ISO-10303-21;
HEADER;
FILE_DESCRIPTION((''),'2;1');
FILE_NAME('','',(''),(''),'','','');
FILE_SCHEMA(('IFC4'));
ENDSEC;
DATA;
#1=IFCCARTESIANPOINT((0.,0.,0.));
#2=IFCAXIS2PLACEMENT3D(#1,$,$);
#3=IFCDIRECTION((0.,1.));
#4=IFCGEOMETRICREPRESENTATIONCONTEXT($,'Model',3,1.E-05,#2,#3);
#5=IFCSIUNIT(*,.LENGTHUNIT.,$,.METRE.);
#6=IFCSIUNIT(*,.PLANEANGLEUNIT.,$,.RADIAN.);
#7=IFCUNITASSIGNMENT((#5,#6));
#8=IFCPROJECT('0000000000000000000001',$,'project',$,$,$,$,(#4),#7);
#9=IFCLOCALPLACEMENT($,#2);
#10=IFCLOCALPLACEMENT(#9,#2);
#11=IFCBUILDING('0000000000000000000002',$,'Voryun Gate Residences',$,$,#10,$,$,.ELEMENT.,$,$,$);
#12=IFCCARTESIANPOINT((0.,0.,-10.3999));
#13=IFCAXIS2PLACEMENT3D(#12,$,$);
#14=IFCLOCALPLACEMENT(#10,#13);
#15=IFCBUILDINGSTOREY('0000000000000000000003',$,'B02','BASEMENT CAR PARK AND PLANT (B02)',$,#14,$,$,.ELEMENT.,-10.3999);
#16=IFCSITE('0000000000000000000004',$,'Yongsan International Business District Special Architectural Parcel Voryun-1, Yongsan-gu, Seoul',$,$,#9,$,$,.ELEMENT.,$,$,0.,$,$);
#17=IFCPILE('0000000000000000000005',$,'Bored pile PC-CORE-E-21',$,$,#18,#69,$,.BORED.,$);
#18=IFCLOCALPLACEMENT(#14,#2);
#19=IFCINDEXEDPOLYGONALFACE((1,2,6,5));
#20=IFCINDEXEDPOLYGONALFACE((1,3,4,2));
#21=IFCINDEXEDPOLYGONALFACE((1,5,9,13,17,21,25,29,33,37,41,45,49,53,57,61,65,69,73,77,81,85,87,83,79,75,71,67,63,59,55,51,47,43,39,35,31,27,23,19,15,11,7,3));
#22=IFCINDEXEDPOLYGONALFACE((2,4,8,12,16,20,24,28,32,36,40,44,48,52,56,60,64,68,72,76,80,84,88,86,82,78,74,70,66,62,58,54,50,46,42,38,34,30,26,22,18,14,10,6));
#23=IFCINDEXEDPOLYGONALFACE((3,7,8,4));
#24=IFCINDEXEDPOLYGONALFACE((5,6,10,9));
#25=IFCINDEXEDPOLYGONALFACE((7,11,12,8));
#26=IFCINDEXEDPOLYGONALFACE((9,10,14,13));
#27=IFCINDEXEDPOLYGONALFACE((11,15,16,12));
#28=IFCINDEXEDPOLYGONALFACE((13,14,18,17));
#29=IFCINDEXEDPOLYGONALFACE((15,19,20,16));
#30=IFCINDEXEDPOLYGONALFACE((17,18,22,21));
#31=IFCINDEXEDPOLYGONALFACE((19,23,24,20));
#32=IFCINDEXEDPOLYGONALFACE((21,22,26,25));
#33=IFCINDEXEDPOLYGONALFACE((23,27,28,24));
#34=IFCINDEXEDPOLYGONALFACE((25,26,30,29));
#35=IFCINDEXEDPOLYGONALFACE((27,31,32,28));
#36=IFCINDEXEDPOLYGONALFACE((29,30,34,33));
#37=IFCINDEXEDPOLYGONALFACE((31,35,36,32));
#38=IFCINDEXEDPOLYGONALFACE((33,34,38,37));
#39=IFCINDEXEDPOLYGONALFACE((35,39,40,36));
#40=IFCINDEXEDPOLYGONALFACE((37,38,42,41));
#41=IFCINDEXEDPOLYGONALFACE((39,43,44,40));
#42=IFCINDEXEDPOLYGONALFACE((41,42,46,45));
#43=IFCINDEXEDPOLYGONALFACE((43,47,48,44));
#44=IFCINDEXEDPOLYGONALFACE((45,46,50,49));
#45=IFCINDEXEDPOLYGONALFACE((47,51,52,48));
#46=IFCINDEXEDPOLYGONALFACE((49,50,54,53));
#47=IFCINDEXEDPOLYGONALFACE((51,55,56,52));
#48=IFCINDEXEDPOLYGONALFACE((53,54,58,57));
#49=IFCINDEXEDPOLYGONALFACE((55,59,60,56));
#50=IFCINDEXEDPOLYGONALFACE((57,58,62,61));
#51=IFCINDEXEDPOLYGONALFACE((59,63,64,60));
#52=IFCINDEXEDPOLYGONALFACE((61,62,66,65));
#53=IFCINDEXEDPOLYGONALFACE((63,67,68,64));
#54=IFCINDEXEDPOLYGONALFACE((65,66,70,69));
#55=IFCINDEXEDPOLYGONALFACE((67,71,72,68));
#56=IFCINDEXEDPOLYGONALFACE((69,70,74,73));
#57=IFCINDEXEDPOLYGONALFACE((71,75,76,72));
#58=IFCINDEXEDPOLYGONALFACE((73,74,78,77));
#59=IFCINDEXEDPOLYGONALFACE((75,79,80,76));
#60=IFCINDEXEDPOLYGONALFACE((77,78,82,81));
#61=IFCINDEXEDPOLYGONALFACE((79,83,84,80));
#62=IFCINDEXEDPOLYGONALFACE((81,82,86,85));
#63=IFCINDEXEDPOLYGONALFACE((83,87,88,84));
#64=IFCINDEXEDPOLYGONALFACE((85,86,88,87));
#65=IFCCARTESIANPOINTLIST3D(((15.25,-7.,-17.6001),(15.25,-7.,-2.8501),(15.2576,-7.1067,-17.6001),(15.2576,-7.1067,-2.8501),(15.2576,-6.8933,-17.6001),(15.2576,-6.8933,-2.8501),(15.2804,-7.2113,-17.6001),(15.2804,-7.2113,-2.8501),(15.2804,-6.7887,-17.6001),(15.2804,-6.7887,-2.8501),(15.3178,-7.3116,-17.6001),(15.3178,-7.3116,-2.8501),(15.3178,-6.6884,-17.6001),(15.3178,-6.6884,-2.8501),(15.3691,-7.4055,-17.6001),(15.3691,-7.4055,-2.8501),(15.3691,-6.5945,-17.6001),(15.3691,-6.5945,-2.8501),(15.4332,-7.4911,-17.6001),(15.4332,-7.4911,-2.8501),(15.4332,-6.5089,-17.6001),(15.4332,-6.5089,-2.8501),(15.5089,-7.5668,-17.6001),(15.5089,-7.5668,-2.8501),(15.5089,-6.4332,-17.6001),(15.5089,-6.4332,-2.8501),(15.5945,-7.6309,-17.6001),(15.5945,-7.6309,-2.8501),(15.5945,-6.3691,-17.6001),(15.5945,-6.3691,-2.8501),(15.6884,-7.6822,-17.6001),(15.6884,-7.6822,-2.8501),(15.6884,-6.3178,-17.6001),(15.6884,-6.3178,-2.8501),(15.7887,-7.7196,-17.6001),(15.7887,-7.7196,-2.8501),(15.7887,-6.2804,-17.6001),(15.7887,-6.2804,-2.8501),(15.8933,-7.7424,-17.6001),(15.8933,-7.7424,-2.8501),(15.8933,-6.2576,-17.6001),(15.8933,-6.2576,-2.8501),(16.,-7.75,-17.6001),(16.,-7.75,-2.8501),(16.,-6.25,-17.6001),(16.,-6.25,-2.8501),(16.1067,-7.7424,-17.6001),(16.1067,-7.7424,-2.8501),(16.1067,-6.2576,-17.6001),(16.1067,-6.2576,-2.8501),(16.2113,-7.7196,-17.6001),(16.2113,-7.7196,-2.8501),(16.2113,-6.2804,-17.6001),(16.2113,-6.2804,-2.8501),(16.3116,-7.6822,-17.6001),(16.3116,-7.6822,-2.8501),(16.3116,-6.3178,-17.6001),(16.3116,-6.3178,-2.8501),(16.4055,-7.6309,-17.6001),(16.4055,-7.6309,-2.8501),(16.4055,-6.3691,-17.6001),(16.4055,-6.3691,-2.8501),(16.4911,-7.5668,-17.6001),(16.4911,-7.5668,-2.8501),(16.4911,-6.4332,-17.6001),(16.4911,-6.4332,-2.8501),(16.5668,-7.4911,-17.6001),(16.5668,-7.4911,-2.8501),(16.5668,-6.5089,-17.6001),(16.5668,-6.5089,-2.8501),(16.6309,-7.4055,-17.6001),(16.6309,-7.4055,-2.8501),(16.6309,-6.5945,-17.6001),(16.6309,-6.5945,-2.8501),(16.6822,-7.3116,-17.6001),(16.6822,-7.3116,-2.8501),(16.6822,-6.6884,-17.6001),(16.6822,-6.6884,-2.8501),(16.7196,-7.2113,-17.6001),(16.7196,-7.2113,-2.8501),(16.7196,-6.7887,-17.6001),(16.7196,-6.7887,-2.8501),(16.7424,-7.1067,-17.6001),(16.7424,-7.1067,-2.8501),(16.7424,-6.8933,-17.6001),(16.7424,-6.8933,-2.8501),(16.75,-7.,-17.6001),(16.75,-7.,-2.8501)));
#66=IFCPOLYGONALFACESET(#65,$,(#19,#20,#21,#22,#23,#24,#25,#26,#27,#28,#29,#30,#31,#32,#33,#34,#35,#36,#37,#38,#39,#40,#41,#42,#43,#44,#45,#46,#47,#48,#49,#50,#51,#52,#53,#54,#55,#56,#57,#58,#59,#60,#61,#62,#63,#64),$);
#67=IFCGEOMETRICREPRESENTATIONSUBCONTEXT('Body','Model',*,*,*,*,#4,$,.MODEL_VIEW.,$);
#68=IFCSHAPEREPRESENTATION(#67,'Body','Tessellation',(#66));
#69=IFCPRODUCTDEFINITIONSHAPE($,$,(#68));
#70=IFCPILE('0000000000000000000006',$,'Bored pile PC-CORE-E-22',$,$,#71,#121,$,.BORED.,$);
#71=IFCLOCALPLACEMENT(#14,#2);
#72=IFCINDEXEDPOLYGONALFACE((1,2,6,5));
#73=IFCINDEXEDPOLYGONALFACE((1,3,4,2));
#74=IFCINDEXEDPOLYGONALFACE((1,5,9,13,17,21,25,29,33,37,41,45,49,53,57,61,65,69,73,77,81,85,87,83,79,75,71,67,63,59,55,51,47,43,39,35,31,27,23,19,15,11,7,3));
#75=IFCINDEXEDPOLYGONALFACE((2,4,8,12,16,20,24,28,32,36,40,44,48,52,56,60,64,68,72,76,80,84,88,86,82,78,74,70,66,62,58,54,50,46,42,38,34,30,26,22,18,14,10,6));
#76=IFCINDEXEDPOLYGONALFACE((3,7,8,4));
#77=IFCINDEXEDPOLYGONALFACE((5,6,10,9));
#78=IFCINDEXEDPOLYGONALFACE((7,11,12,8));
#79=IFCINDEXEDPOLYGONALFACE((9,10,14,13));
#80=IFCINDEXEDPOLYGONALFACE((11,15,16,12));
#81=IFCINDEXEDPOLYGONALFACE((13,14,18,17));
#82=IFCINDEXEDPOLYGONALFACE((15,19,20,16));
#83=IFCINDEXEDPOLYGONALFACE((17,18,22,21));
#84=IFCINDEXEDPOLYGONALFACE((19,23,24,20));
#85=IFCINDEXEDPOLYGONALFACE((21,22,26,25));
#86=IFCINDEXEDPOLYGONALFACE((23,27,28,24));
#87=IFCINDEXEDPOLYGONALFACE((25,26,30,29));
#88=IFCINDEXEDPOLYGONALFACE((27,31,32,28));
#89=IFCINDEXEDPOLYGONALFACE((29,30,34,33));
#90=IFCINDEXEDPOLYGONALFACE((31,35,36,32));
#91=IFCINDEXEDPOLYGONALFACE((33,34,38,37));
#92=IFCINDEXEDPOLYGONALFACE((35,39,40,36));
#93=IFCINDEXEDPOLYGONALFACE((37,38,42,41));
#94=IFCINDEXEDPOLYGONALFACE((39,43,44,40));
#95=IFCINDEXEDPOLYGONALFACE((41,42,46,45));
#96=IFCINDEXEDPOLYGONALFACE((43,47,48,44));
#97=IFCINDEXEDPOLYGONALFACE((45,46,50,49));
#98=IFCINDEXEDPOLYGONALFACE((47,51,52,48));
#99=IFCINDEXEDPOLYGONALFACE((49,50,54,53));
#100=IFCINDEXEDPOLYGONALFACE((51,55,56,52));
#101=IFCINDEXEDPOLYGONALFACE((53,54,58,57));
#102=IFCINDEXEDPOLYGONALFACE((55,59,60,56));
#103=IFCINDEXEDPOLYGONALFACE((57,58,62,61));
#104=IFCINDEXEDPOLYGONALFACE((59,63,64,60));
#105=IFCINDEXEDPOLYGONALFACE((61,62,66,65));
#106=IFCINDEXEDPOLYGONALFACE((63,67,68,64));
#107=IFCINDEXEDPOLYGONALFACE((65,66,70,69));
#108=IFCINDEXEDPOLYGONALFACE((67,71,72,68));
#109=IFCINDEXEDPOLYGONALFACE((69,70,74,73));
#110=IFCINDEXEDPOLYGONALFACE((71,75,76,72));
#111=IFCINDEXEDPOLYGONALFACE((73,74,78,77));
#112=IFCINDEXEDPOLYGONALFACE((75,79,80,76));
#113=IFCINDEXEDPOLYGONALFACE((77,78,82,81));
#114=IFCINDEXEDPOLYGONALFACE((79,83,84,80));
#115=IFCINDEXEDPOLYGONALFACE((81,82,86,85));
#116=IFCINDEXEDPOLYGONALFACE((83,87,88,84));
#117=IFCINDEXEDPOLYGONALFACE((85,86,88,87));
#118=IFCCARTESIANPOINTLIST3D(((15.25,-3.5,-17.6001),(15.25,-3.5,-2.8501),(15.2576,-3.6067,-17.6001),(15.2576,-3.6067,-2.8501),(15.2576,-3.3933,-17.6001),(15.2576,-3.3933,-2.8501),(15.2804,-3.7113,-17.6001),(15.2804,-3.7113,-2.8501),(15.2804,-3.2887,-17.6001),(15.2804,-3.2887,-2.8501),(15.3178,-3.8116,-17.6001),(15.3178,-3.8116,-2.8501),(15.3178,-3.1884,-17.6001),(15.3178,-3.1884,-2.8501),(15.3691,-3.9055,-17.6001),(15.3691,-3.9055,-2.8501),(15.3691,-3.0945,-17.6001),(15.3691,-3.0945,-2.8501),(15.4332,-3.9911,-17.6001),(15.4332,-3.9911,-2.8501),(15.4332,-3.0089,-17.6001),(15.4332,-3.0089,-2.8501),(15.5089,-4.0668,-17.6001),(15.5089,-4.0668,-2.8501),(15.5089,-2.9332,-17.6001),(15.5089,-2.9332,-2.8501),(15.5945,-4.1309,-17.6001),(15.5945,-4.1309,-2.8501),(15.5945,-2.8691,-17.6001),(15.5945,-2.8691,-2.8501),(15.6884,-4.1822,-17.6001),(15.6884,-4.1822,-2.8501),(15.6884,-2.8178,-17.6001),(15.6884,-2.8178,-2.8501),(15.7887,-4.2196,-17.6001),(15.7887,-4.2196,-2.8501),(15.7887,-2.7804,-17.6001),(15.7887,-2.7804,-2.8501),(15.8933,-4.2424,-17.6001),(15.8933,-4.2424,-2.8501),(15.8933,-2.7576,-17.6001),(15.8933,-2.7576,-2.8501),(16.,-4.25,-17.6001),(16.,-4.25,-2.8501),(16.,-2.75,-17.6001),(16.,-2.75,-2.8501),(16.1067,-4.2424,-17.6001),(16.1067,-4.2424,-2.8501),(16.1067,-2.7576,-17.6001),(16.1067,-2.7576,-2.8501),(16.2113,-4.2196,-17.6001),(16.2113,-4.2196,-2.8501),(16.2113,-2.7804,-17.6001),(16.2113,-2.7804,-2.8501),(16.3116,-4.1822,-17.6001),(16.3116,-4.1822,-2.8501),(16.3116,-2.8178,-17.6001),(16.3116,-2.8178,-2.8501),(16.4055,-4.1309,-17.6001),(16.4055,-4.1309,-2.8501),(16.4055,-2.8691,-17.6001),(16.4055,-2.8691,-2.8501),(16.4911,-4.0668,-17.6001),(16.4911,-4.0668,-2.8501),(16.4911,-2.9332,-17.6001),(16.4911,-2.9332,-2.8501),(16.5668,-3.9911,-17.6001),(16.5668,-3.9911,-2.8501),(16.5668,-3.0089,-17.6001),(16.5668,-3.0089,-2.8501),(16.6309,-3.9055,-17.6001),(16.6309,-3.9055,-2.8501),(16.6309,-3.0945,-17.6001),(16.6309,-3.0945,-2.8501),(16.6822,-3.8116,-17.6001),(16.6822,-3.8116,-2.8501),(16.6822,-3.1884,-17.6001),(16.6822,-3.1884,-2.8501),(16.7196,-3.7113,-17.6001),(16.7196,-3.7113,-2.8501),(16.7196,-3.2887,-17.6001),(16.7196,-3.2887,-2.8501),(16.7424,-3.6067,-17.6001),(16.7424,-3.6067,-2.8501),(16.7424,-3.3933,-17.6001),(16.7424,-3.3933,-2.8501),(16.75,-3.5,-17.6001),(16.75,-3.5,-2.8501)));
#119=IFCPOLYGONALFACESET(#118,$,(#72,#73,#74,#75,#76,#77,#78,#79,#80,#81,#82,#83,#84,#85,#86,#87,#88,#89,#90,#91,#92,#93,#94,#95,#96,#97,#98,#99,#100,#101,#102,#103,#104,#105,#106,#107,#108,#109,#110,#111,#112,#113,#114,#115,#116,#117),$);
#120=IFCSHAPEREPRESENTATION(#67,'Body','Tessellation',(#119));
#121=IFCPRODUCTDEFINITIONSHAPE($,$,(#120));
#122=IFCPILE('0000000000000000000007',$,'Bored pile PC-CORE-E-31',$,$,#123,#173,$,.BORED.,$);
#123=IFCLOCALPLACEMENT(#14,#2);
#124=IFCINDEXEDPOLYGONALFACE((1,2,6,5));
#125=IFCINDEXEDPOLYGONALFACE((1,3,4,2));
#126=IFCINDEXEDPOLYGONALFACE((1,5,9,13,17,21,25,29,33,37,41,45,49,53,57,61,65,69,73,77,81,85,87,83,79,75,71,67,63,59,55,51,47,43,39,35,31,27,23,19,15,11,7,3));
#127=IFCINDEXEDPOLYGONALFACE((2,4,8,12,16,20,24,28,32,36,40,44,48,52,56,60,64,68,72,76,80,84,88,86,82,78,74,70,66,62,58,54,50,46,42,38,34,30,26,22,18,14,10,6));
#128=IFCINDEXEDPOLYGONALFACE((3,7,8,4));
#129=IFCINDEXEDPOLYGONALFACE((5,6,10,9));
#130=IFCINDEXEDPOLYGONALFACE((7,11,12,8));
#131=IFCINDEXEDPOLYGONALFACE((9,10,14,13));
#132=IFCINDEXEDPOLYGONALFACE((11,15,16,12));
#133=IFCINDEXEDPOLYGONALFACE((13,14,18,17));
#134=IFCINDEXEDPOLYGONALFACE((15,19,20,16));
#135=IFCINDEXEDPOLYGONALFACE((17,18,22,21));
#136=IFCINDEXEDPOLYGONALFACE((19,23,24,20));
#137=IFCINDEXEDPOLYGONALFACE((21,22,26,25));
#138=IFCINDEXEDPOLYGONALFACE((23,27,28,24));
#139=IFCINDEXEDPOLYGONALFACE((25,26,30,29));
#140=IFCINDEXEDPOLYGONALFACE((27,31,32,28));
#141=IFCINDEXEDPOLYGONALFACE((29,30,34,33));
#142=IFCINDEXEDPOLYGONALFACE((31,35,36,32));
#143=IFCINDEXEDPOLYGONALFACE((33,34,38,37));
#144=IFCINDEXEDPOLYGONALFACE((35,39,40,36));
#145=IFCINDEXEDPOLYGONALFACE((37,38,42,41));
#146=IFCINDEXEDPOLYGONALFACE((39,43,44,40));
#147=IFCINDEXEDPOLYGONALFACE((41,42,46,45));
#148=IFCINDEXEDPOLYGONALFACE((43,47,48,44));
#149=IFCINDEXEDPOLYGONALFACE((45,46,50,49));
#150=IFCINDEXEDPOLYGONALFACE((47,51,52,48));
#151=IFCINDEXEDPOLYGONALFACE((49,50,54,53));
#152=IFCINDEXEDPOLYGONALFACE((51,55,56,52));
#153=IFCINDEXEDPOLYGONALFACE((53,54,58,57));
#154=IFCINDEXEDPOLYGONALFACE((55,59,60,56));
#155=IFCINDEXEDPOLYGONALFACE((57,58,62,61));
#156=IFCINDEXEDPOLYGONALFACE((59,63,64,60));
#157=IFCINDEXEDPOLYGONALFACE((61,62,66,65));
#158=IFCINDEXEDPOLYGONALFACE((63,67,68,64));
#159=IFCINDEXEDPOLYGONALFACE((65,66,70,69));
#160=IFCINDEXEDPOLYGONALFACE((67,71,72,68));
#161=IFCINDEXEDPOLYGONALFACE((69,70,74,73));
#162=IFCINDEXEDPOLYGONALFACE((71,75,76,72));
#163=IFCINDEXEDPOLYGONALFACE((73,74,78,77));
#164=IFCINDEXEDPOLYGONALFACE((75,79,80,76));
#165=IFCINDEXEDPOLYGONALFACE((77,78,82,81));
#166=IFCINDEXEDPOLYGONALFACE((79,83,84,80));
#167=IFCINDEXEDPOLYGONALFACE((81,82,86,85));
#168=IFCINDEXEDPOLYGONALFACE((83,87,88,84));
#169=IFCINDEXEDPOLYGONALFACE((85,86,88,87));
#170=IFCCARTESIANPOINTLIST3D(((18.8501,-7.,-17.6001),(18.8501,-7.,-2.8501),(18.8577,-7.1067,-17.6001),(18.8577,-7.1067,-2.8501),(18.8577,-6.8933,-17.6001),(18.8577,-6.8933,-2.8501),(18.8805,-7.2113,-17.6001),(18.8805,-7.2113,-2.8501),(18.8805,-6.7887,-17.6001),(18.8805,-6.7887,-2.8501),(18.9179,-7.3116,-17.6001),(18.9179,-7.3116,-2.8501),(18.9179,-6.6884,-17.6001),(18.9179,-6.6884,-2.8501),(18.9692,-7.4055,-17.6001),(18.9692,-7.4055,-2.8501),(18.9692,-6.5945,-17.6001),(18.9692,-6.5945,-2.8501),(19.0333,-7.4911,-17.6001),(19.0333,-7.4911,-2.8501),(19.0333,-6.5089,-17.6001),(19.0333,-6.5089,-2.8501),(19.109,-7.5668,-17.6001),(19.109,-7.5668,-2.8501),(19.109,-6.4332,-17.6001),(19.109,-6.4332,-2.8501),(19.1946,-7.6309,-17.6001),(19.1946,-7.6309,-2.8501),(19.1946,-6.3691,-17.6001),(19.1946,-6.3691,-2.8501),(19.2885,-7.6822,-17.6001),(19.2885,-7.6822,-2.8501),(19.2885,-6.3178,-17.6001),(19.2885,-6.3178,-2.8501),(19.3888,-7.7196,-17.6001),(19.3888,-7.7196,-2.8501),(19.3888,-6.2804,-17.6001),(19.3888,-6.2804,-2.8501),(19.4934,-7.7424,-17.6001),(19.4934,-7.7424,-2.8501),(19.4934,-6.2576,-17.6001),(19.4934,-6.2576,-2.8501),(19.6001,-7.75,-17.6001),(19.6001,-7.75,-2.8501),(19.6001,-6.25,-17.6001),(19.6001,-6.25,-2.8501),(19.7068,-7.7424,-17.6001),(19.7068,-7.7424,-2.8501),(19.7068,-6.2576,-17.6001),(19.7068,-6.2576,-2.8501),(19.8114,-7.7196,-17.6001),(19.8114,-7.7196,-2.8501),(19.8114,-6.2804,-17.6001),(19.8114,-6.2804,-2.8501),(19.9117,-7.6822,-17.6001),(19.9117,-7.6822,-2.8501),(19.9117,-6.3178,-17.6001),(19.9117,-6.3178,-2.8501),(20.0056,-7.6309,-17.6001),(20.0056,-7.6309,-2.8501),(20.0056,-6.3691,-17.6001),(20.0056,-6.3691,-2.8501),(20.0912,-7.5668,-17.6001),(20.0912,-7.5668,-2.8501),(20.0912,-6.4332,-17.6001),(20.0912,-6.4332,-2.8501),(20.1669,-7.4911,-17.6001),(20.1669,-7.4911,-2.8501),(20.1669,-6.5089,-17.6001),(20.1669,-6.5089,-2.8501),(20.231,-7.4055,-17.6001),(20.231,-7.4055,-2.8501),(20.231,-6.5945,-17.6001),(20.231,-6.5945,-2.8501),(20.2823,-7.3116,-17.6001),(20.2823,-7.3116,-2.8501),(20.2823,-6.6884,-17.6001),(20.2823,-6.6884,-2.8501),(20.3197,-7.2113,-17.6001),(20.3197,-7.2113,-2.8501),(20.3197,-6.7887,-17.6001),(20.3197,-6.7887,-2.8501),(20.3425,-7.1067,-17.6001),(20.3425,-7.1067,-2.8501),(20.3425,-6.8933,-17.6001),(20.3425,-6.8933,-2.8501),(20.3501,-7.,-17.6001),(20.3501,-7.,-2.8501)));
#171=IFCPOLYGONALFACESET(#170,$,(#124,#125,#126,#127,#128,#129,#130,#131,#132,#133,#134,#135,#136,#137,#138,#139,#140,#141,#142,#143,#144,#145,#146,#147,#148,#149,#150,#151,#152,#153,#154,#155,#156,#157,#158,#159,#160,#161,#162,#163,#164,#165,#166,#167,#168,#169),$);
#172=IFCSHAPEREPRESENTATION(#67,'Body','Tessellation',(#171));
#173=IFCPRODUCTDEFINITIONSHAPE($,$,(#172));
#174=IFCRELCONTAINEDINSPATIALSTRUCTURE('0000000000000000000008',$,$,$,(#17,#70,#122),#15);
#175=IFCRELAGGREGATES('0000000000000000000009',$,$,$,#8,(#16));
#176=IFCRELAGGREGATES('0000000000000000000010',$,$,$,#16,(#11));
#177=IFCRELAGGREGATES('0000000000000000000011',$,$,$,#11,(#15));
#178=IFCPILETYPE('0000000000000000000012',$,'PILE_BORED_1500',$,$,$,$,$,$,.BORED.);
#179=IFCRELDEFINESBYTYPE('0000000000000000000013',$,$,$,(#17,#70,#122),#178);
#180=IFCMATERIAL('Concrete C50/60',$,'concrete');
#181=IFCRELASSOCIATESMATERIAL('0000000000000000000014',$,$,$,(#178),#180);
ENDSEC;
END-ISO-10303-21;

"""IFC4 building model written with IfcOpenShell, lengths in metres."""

from ifc_helpers import new_model, si_unit, direction, frame, origin, origin_2d, place, context, subcontext, project, spatial, circle, extrude, material, material_profile, profile_set, type_object, element, save


model = new_model("IFC4")

# Units and contexts
model_context = context("Model", 3, precision=1e-05, world=origin(), true_north=direction((0.0, 1.0)))
body_context = subcontext(model_context, "Body", "Model", "MODEL_VIEW")
ifc_project = project(units=[si_unit("LENGTHUNIT", "METRE"), si_unit("PLANEANGLEUNIT", "RADIAN")], contexts=[model_context])

# Site, building, storey
site_placement = place(None, origin())
site = spatial("IfcSite", under=ifc_project, at=site_placement, Name="Yongsan International Business District Special Architectural Parcel Voryun-1, Yongsan-gu, Seoul", CompositionType="ELEMENT", RefElevation=0.0)
building_placement = place(site_placement, origin())
building = spatial("IfcBuilding", under=site, at=building_placement, Name="Voryun Gate Residences", CompositionType="ELEMENT")
storey_placement = place(building_placement, frame((0.0, 0.0, -10.3999)))
storey = spatial("IfcBuildingStorey", under=building, at=storey_placement, Name="B02", Description="BASEMENT CAR PARK AND PLANT (B02)", CompositionType="ELEMENT", Elevation=-10.3999)

# Piles
ifc_material_1 = material(Name="Concrete C50/60", Category="concrete")
ifc_material_profile_1 = material_profile(ifc_material_1, circle(Radius=0.75, at=origin_2d()), Name="PILE-D1500")
ifc_profile_set_1 = profile_set([ifc_material_profile_1], Name="Concrete C50/60")
pile_type_1 = type_object("IfcPileType", Name="PILE_BORED_1500", PredefinedType="BORED", material=ifc_profile_set_1)
for number, where, z_axis, x_axis, name in (
    (1, (16.0, -7.0, -2.8501), (0.0, 0.0, -1.0), (1.0, 0.0, 0.0), "Bored pile PC-CORE-E-21"),
    (2, (16.0, -3.5, -2.8501), (0.0, 0.0, -1.0), (1.0, 0.0, 0.0), "Bored pile PC-CORE-E-22"),
    (3, (19.6001, -7.0, -2.8501), (0.0, 0.0, -1.0), (1.0, 0.0, 0.0), "Bored pile PC-CORE-E-31"),
):
    element("IfcPile", number, at=place(storey_placement, frame(where, z_axis=z_axis, x_axis=x_axis)), inside=storey, type_object=pile_type_1, Name=name, PredefinedType="BORED", context=body_context, shape_type="SweptSolid", body=[
        extrude(circle(Radius=0.75, at=origin_2d()), origin(), (0.0, 0.0, 1.0), 14.75),
    ])

save(model, "model.ifc")
